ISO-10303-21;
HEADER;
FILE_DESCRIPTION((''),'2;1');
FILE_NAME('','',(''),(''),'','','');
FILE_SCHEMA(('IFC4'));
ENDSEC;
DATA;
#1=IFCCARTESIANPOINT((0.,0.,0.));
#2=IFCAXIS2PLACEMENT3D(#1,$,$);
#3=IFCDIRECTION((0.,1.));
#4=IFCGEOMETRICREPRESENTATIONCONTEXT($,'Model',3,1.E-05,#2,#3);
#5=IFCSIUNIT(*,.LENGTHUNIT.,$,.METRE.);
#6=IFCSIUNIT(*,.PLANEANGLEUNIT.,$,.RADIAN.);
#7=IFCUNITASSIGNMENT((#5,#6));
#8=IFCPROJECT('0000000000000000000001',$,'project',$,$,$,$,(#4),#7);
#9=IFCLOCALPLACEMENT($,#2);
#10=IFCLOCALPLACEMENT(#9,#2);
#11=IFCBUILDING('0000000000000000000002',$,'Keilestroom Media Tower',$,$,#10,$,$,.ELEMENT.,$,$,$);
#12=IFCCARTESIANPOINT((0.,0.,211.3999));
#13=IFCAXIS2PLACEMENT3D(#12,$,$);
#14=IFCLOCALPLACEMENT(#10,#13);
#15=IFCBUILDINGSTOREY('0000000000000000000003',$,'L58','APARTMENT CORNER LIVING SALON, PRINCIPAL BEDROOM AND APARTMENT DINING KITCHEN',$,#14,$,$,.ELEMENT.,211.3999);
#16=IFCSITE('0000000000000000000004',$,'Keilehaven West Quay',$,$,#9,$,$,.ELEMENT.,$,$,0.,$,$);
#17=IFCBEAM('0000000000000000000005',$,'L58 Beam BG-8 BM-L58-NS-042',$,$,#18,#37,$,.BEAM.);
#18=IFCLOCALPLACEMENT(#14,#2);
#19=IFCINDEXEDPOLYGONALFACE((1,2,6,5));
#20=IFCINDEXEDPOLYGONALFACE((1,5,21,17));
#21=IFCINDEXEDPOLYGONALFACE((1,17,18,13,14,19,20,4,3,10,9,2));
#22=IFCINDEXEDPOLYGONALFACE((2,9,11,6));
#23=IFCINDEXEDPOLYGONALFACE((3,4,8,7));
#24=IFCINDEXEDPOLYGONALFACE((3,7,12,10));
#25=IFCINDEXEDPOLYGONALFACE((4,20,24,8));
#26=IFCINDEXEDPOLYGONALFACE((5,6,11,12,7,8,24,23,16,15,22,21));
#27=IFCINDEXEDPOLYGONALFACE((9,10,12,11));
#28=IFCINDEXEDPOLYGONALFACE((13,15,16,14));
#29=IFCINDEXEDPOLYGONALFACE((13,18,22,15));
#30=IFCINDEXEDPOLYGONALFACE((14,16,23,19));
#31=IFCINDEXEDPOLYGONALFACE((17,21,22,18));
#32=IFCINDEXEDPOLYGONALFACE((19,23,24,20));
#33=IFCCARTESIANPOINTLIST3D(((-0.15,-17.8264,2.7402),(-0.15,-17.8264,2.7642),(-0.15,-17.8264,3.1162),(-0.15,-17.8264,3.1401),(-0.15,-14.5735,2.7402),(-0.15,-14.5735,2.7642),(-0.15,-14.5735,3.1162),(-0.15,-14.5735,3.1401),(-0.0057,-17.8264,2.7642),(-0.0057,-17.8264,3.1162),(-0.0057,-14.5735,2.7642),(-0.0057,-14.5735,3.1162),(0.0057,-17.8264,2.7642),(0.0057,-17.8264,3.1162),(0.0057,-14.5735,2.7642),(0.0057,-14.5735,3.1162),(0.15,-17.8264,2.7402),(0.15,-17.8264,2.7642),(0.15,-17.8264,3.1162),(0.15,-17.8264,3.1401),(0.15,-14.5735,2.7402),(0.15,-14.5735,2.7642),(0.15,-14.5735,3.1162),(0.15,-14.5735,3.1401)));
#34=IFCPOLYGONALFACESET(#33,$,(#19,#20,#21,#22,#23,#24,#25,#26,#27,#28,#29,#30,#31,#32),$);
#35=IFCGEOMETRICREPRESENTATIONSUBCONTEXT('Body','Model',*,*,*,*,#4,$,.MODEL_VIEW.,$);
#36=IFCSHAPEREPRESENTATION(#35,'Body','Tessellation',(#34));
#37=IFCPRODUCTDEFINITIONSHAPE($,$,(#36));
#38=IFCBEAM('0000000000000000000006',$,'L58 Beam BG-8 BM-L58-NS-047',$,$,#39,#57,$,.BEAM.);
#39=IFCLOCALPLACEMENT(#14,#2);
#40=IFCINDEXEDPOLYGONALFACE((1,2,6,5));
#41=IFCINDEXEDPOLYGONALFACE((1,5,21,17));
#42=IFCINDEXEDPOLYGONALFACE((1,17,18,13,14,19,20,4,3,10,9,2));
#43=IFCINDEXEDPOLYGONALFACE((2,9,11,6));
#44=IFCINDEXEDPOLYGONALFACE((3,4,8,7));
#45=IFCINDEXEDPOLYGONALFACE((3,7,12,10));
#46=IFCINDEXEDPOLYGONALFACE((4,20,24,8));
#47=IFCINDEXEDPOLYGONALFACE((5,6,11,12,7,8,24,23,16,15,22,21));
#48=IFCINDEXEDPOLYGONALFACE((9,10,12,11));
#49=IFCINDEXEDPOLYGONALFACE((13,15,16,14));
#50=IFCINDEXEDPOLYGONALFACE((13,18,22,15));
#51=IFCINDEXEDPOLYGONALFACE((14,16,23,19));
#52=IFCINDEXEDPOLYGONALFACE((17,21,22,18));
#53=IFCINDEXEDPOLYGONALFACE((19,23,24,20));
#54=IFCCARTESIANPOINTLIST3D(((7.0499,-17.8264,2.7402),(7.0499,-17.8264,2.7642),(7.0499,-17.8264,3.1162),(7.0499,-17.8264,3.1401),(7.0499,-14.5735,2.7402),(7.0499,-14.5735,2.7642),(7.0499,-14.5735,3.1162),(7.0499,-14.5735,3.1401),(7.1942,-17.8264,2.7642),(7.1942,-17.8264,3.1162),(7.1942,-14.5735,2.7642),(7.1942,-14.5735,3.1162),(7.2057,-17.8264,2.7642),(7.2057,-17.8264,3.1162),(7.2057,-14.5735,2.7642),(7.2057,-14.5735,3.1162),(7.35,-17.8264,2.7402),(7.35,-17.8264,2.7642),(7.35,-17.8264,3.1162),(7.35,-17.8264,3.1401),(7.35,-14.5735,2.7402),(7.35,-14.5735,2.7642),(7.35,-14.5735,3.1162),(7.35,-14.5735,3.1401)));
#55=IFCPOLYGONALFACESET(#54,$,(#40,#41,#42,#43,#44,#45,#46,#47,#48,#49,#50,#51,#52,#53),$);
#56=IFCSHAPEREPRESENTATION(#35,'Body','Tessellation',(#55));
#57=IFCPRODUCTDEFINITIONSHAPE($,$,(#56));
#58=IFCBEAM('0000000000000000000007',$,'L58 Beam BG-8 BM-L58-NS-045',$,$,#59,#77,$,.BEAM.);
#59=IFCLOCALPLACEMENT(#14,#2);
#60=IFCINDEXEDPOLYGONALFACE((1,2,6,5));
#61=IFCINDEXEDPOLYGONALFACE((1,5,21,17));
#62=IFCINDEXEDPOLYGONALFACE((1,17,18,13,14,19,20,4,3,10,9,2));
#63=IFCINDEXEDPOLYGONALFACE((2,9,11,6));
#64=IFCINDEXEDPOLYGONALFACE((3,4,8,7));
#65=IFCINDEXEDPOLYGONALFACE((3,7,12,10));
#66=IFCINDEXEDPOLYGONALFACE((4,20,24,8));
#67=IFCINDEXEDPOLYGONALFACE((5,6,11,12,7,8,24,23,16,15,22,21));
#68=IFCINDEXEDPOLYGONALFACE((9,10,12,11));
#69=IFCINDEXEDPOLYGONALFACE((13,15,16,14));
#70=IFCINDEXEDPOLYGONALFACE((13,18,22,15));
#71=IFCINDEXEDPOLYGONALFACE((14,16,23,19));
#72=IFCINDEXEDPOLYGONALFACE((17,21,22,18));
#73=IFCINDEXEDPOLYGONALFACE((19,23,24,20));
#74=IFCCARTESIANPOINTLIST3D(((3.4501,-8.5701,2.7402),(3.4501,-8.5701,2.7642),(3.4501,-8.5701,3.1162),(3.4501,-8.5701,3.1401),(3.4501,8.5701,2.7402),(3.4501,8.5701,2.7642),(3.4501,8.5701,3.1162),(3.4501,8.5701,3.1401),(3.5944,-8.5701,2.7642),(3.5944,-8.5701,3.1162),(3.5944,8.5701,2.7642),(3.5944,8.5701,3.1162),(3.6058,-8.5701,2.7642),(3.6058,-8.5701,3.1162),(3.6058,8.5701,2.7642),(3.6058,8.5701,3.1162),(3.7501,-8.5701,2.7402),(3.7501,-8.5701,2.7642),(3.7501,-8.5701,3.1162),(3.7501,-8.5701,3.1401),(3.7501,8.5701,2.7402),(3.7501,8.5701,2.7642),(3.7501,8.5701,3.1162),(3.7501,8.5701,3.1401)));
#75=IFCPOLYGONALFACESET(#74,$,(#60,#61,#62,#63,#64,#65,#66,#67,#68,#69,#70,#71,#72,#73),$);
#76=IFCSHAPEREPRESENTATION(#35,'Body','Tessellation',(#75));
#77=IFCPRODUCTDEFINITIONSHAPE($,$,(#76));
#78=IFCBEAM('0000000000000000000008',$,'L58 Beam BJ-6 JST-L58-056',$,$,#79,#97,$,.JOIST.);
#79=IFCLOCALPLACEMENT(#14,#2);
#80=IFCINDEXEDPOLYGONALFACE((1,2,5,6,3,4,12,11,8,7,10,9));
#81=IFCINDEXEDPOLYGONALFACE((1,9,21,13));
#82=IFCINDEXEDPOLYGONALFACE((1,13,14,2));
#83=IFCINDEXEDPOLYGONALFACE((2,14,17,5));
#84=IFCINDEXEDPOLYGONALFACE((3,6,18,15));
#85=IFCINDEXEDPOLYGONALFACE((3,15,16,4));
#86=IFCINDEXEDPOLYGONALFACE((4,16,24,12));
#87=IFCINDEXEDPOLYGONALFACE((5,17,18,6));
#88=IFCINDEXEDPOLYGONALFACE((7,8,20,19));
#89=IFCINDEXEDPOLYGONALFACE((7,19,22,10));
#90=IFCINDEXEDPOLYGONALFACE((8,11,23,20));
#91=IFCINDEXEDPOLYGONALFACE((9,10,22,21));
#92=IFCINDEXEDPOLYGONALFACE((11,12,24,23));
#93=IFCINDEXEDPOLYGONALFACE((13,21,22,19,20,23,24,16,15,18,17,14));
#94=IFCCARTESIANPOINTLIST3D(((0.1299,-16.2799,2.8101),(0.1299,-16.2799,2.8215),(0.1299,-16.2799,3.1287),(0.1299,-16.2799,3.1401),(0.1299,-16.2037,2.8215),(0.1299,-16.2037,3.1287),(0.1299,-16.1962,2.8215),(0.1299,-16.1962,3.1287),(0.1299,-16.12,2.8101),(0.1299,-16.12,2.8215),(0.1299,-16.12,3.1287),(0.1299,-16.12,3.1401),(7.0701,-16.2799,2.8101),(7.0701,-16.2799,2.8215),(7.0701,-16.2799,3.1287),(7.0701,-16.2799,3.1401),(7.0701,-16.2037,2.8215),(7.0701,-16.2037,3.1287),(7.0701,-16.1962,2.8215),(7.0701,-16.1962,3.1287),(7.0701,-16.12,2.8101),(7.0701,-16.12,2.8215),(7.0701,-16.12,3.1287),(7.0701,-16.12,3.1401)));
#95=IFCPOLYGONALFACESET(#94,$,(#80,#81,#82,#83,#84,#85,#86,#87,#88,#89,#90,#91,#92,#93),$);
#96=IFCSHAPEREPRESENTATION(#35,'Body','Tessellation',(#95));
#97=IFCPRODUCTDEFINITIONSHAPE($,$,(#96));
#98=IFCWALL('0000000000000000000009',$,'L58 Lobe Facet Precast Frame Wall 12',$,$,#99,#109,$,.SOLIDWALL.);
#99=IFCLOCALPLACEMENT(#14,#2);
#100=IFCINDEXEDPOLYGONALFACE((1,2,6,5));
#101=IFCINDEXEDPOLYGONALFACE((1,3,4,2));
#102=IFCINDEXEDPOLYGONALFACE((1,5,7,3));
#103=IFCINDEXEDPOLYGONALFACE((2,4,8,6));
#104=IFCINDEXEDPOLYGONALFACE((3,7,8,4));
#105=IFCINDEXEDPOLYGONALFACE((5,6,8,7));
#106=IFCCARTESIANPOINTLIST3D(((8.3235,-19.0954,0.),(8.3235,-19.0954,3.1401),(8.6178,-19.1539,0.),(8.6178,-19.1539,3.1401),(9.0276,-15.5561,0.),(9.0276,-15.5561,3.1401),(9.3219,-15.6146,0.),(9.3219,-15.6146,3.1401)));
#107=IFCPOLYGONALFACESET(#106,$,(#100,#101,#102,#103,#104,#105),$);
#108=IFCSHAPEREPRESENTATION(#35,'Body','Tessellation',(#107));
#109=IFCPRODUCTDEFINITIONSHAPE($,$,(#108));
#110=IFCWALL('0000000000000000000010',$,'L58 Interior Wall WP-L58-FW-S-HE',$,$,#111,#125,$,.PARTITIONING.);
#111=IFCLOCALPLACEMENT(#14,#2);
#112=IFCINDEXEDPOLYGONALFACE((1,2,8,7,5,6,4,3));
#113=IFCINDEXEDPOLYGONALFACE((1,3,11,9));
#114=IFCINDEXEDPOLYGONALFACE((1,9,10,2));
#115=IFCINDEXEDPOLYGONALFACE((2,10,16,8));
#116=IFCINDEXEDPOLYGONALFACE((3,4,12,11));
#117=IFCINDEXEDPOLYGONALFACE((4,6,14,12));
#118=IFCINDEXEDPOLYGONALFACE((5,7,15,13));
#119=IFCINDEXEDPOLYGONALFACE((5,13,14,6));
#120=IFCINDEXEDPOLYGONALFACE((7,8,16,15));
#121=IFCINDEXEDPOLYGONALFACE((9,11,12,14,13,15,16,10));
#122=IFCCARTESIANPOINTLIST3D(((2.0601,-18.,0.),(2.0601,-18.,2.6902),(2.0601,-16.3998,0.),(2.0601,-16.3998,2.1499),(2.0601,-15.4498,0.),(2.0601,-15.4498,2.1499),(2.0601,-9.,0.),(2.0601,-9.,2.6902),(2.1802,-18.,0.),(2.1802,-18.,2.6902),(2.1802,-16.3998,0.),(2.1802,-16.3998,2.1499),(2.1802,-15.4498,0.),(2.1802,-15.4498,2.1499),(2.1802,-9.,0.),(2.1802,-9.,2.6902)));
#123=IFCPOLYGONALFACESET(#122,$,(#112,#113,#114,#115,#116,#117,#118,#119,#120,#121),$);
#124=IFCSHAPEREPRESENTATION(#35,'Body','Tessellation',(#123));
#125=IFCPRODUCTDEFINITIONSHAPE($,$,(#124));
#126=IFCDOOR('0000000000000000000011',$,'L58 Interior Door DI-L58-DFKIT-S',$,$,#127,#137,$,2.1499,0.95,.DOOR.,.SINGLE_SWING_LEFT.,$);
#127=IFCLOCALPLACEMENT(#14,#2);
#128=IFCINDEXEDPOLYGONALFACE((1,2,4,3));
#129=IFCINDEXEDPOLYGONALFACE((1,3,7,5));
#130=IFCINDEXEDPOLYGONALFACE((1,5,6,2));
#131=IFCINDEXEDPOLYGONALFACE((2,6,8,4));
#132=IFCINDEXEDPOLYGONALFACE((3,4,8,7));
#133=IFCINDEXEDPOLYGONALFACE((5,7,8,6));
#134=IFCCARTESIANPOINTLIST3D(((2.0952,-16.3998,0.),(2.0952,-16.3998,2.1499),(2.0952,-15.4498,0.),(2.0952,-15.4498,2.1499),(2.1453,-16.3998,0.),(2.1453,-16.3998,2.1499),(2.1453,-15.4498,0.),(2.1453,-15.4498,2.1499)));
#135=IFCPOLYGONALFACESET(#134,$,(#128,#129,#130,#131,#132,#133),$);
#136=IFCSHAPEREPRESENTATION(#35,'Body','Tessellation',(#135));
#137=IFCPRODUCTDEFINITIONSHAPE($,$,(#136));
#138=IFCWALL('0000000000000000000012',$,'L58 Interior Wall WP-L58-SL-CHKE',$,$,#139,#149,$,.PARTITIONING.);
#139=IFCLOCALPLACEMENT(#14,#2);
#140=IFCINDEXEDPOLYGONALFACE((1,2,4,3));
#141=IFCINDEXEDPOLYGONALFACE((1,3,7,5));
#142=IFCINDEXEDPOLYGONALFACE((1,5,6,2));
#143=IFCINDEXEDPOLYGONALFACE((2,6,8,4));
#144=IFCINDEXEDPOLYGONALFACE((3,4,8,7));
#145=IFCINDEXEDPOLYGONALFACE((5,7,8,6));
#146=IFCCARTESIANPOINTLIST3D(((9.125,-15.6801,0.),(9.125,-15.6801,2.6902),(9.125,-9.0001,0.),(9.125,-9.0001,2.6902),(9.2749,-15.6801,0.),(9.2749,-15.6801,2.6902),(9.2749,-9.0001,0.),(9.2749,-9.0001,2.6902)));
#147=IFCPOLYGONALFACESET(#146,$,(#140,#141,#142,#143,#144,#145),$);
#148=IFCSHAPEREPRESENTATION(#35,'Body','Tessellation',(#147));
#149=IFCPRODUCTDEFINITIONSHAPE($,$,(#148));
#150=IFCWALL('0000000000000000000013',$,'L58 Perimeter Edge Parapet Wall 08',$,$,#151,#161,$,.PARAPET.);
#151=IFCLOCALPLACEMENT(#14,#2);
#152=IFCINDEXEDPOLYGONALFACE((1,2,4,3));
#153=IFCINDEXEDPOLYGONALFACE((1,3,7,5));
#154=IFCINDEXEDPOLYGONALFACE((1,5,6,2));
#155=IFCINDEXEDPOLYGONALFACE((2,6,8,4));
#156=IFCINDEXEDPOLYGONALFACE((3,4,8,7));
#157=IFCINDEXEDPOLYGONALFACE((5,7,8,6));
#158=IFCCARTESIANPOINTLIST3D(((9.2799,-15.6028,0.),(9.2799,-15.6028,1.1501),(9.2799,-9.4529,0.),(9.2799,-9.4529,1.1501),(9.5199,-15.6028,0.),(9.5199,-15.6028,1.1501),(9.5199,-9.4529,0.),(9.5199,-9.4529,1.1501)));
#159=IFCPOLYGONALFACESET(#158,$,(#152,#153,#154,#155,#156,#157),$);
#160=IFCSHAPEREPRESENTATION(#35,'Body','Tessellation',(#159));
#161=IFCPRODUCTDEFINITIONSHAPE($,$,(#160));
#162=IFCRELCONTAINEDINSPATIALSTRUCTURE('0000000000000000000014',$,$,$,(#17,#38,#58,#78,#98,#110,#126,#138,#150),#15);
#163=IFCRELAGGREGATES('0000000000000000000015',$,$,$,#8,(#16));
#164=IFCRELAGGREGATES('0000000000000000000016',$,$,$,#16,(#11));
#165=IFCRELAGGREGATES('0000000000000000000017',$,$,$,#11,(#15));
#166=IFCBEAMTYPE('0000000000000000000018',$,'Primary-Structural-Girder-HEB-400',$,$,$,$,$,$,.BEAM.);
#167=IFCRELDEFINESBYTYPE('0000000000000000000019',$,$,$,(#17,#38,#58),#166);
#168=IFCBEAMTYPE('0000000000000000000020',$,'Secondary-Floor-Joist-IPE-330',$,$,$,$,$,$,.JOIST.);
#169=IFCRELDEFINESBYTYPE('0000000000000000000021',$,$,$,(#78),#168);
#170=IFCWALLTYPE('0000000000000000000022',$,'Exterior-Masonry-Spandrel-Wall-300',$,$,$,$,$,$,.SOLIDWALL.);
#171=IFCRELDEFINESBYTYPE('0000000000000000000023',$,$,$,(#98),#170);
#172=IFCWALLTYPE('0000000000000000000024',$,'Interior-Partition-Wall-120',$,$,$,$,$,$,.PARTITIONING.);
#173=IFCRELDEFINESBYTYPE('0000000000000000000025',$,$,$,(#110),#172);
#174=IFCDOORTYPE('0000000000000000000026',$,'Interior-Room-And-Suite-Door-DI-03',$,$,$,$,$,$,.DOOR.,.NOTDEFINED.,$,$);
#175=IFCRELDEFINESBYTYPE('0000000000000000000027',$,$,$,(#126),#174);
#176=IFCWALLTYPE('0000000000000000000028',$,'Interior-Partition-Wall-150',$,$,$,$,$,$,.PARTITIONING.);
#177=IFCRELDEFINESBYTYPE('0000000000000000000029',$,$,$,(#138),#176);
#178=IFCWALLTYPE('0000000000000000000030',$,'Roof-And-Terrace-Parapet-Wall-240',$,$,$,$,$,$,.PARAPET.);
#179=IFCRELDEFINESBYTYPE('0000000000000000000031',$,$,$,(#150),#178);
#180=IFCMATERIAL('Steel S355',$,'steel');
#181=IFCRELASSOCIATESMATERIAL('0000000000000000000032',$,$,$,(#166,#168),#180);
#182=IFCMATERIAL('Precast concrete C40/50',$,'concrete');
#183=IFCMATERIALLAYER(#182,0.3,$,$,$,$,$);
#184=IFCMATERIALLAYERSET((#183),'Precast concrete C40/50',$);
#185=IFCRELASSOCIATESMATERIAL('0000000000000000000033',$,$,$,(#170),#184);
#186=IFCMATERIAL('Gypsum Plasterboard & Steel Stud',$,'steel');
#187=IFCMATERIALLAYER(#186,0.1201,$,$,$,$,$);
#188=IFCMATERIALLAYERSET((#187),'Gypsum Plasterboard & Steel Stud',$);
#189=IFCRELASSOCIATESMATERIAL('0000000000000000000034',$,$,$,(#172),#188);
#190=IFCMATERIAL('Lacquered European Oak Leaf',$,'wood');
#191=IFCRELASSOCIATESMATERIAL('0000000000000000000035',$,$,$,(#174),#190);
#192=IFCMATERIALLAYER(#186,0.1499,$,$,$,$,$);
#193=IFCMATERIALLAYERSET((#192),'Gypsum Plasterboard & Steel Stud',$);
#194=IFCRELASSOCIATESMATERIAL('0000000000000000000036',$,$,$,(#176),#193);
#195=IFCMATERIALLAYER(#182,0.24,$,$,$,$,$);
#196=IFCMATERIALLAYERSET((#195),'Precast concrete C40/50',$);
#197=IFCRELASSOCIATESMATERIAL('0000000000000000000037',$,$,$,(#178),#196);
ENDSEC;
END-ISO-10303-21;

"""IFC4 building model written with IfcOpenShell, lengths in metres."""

from ifc_helpers import new_model, si_unit, direction, frame, frame_2d, origin, origin_2d, place, context, subcontext, project, spatial, rectangle, i_section, extrude, source, transform, mapped, material, layer, layer_set, material_profile, profile_set, type_object, element, fill, save


model = new_model("IFC4")

# Units and contexts
model_context = context("Model", 3, precision=1e-05, world=origin(), true_north=direction((0.0, 1.0)))
body_context = subcontext(model_context, "Body", "Model", "MODEL_VIEW")
ifc_project = project(units=[si_unit("LENGTHUNIT", "METRE"), si_unit("PLANEANGLEUNIT", "RADIAN")], contexts=[model_context])

# Site, building, storey
site_placement = place(None, origin())
site = spatial("IfcSite", under=ifc_project, at=site_placement, Name="Keilehaven West Quay", CompositionType="ELEMENT", RefElevation=0.0)
building_placement = place(site_placement, origin())
building = spatial("IfcBuilding", under=site, at=building_placement, Name="Keilestroom Media Tower", CompositionType="ELEMENT")
storey_placement = place(building_placement, frame((0.0, 0.0, 211.3999)))
storey = spatial("IfcBuildingStorey", under=building, at=storey_placement, Name="L58", Description="APARTMENT CORNER LIVING SALON, PRINCIPAL BEDROOM AND APARTMENT DINING KITCHEN", CompositionType="ELEMENT", Elevation=211.3999)

# Shared definitions
ifc_material_1 = material(Name="Steel S355", Category="steel")

# Beams
ifc_material_profile_1 = material_profile(ifc_material_1, i_section(OverallWidth=0.3, OverallDepth=0.3999, WebThickness=0.0115, FlangeThickness=0.0239, at=origin_2d()), Name="HEB 400")
ifc_profile_set_1 = profile_set([ifc_material_profile_1], Name="Steel S355")
beam_type_1 = type_object("IfcBeamType", Name="Primary-Structural-Girder-HEB-400", PredefinedType="BEAM", material=ifc_profile_set_1)
shared_shape_1 = source(origin(), body_context, "Body", "SweptSolid", [
    extrude(i_section(OverallWidth=0.3, OverallDepth=0.3999, WebThickness=0.0115, FlangeThickness=0.0239, at=origin_2d()), origin(), (0.0, 0.0, 1.0), 3.2529),
])
for number, where, z_axis, x_axis, name in (
    (1, (0.0, -17.8264, 2.9402), (0.0, 1.0, 0.0), (-1.0, 0.0, 0.0), "L58 Beam BG-8 BM-L58-NS-042"),
    (2, (7.2, -17.8264, 2.9402), (0.0, 1.0, 0.0), (-1.0, 0.0, 0.0), "L58 Beam BG-8 BM-L58-NS-047"),
):
    element("IfcBeam", number, at=place(storey_placement, frame(where, z_axis=z_axis, x_axis=x_axis)), inside=storey, type_object=beam_type_1, Name=name, PredefinedType="BEAM", context=body_context, shape_type="MappedRepresentation", body=[
        mapped(shared_shape_1, transform((0.0, 0.0, 0.0), x_axis=(1.0, 0.0, 0.0), y_axis=(0.0, 1.0, 0.0), z_axis=(0.0, 0.0, 1.0), scale=1.0)),
    ])
shared_shape_2 = source(origin(), body_context, "Body", "SweptSolid", [
    extrude(i_section(OverallWidth=0.3, OverallDepth=0.3999, WebThickness=0.0115, FlangeThickness=0.0239, at=origin_2d()), origin(), (0.0, 0.0, 1.0), 17.1401),
])
beam_1_placement = place(storey_placement, frame((3.6001, -8.5701, 2.9402), z_axis=(0.0, 1.0, 0.0), x_axis=(-1.0, 0.0, 0.0)))
element("IfcBeam", 3, at=beam_1_placement, inside=storey, type_object=beam_type_1, Name="L58 Beam BG-8 BM-L58-NS-045", PredefinedType="BEAM", context=body_context, shape_type="MappedRepresentation", body=[
    mapped(shared_shape_2, transform((0.0, 0.0, 0.0), x_axis=(1.0, 0.0, 0.0), y_axis=(0.0, 1.0, 0.0), z_axis=(0.0, 0.0, 1.0), scale=1.0)),
])
ifc_material_profile_2 = material_profile(ifc_material_1, i_section(OverallWidth=0.1599, OverallDepth=0.3301, WebThickness=0.0076, FlangeThickness=0.0115, at=origin_2d()), Name="IPE 330")
ifc_profile_set_2 = profile_set([ifc_material_profile_2], Name="Steel S355")
beam_type_2 = type_object("IfcBeamType", Name="Secondary-Floor-Joist-IPE-330", PredefinedType="JOIST", material=ifc_profile_set_2)
shared_shape_3 = source(origin(), body_context, "Body", "SweptSolid", [
    extrude(i_section(OverallWidth=0.1599, OverallDepth=0.3301, WebThickness=0.0076, FlangeThickness=0.0115, at=origin_2d()), origin(), (0.0, 0.0, 1.0), 6.9402),
])
beam_2_placement = place(storey_placement, frame((0.1299, -16.2, 2.9751), z_axis=(1.0, 0.0, 0.0), x_axis=(0.0, 1.0, 0.0)))
element("IfcBeam", 4, at=beam_2_placement, inside=storey, type_object=beam_type_2, Name="L58 Beam BJ-6 JST-L58-056", PredefinedType="JOIST", context=body_context, shape_type="MappedRepresentation", body=[
    mapped(shared_shape_3, transform((0.0, 0.0, 0.0), x_axis=(1.0, 0.0, 0.0), y_axis=(0.0, 1.0, 0.0), z_axis=(0.0, 0.0, 1.0), scale=1.0)),
])

# Wall
ifc_material_2 = material(Name="Precast concrete C40/50", Category="concrete")
ifc_layer_1 = layer(ifc_material_2, 0.3)
ifc_layer_set_1 = layer_set([ifc_layer_1], Name="Precast concrete C40/50")
wall_type_1 = type_object("IfcWallType", Name="Exterior-Masonry-Spandrel-Wall-300", PredefinedType="SOLIDWALL", material=ifc_layer_set_1)
wall_1_placement = place(storey_placement, frame((8.4707, -19.1245, 0.0), z_axis=(0.0, 0.0, 1.0), x_axis=(0.195114, 0.980781, 0.0)))
element("IfcWall", 5, at=wall_1_placement, inside=storey, type_object=wall_type_1, Name="L58 Lobe Facet Precast Frame Wall 12", PredefinedType="SOLIDWALL", context=body_context, shape_type="SweptSolid", body=[
    extrude(rectangle(XDim=3.6086, YDim=0.3, at=frame_2d((1.8042, 0.0))), origin(), (0.0, 0.0, 1.0), 3.1401),
])

# Wall, opening, door
ifc_material_3 = material(Name="Gypsum Plasterboard & Steel Stud", Category="steel")
ifc_layer_2 = layer(ifc_material_3, 0.1201)
ifc_layer_set_2 = layer_set([ifc_layer_2], Name="Gypsum Plasterboard & Steel Stud")
wall_type_2 = type_object("IfcWallType", Name="Interior-Partition-Wall-120", PredefinedType="PARTITIONING", material=ifc_layer_set_2)
wall_2_placement = place(storey_placement, frame((2.1201, -18.0, 0.0), z_axis=(0.0, 0.0, 1.0), x_axis=(0.0, 1.0, 0.0)))
wall_2 = element("IfcWall", 6, at=wall_2_placement, inside=storey, type_object=wall_type_2, Name="L58 Interior Wall WP-L58-FW-S-HE", PredefinedType="PARTITIONING", context=body_context, shape_type="SweptSolid", body=[
    extrude(rectangle(XDim=9.0, YDim=0.1201, at=frame_2d((4.5, 0.0))), origin(), (0.0, 0.0, 1.0), 2.6902),
])
opening_placement = place(wall_2_placement, frame((1.6001, 0.0, 0.0)))
opening = element("IfcOpeningElement", 7, at=opening_placement, cuts=wall_2, PredefinedType="OPENING", context=body_context, shape_type="SweptSolid", body=[
    extrude(rectangle(XDim=0.95, YDim=2.1499, at=frame_2d((0.4751, 1.075))), frame((0.0, 0.0701, 0.0), z_axis=(0.0, -1.0, 0.0), x_axis=(1.0, 0.0, 0.0)), (0.0, 0.0, 1.0), 0.1401),
])
ifc_material_4 = material(Name="Lacquered European Oak Leaf", Category="wood")
door_type = type_object("IfcDoorType", Name="Interior-Room-And-Suite-Door-DI-03", OperationType="NOTDEFINED", PredefinedType="DOOR", material=ifc_material_4)
shared_shape_4 = source(origin(), body_context, "Body", "SweptSolid", [
    extrude(rectangle(XDim=0.95, YDim=2.1499, at=frame_2d((0.4751, 1.075))), frame((0.0, 0.0249, 0.0), z_axis=(0.0, -1.0, 0.0), x_axis=(1.0, 0.0, 0.0)), (0.0, 0.0, 1.0), 0.05),
])
door_placement = place(opening_placement, origin())
door = element("IfcDoor", 8, at=door_placement, inside=storey, type_object=door_type, Name="L58 Interior Door DI-L58-DFKIT-S", OperationType="SINGLE_SWING_LEFT", OverallHeight=2.1499, OverallWidth=0.95, PredefinedType="DOOR", context=body_context, shape_type="MappedRepresentation", body=[
    mapped(shared_shape_4, transform((0.0, 0.0, 0.0), x_axis=(1.0, 0.0, 0.0), y_axis=(0.0, 1.0, 0.0), z_axis=(0.0, 0.0, 1.0), scale=1.0)),
])
fill(opening, door)

# Walls
ifc_layer_3 = layer(ifc_material_3, 0.1499)
ifc_layer_set_3 = layer_set([ifc_layer_3], Name="Gypsum Plasterboard & Steel Stud")
wall_type_3 = type_object("IfcWallType", Name="Interior-Partition-Wall-150", PredefinedType="PARTITIONING", material=ifc_layer_set_3)
wall_3_placement = place(storey_placement, frame((9.2, -15.6799, 0.0), z_axis=(0.0, 0.0, 1.0), x_axis=(0.0, 1.0, 0.0)))
element("IfcWall", 9, at=wall_3_placement, inside=storey, type_object=wall_type_3, Name="L58 Interior Wall WP-L58-SL-CHKE", PredefinedType="PARTITIONING", context=body_context, shape_type="SweptSolid", body=[
    extrude(rectangle(XDim=6.6799, YDim=0.1499, at=frame_2d((3.3398, 0.0))), origin(), (0.0, 0.0, 1.0), 2.6902),
])
ifc_layer_4 = layer(ifc_material_2, 0.24)
ifc_layer_set_4 = layer_set([ifc_layer_4], Name="Precast concrete C40/50")
wall_type_4 = type_object("IfcWallType", Name="Roof-And-Terrace-Parapet-Wall-240", PredefinedType="PARAPET", material=ifc_layer_set_4)
wall_4_placement = place(storey_placement, frame((9.3999, -9.4529, 0.0), z_axis=(0.0, 0.0, 1.0), x_axis=(0.0, -1.0, 0.0)))
element("IfcWall", 10, at=wall_4_placement, inside=storey, type_object=wall_type_4, Name="L58 Perimeter Edge Parapet Wall 08", PredefinedType="PARAPET", context=body_context, shape_type="SweptSolid", body=[
    extrude(rectangle(XDim=6.1499, YDim=0.24, at=frame_2d((3.075, 0.0))), origin(), (0.0, 0.0, 1.0), 1.1501),
])

save(model, "model.ifc")
